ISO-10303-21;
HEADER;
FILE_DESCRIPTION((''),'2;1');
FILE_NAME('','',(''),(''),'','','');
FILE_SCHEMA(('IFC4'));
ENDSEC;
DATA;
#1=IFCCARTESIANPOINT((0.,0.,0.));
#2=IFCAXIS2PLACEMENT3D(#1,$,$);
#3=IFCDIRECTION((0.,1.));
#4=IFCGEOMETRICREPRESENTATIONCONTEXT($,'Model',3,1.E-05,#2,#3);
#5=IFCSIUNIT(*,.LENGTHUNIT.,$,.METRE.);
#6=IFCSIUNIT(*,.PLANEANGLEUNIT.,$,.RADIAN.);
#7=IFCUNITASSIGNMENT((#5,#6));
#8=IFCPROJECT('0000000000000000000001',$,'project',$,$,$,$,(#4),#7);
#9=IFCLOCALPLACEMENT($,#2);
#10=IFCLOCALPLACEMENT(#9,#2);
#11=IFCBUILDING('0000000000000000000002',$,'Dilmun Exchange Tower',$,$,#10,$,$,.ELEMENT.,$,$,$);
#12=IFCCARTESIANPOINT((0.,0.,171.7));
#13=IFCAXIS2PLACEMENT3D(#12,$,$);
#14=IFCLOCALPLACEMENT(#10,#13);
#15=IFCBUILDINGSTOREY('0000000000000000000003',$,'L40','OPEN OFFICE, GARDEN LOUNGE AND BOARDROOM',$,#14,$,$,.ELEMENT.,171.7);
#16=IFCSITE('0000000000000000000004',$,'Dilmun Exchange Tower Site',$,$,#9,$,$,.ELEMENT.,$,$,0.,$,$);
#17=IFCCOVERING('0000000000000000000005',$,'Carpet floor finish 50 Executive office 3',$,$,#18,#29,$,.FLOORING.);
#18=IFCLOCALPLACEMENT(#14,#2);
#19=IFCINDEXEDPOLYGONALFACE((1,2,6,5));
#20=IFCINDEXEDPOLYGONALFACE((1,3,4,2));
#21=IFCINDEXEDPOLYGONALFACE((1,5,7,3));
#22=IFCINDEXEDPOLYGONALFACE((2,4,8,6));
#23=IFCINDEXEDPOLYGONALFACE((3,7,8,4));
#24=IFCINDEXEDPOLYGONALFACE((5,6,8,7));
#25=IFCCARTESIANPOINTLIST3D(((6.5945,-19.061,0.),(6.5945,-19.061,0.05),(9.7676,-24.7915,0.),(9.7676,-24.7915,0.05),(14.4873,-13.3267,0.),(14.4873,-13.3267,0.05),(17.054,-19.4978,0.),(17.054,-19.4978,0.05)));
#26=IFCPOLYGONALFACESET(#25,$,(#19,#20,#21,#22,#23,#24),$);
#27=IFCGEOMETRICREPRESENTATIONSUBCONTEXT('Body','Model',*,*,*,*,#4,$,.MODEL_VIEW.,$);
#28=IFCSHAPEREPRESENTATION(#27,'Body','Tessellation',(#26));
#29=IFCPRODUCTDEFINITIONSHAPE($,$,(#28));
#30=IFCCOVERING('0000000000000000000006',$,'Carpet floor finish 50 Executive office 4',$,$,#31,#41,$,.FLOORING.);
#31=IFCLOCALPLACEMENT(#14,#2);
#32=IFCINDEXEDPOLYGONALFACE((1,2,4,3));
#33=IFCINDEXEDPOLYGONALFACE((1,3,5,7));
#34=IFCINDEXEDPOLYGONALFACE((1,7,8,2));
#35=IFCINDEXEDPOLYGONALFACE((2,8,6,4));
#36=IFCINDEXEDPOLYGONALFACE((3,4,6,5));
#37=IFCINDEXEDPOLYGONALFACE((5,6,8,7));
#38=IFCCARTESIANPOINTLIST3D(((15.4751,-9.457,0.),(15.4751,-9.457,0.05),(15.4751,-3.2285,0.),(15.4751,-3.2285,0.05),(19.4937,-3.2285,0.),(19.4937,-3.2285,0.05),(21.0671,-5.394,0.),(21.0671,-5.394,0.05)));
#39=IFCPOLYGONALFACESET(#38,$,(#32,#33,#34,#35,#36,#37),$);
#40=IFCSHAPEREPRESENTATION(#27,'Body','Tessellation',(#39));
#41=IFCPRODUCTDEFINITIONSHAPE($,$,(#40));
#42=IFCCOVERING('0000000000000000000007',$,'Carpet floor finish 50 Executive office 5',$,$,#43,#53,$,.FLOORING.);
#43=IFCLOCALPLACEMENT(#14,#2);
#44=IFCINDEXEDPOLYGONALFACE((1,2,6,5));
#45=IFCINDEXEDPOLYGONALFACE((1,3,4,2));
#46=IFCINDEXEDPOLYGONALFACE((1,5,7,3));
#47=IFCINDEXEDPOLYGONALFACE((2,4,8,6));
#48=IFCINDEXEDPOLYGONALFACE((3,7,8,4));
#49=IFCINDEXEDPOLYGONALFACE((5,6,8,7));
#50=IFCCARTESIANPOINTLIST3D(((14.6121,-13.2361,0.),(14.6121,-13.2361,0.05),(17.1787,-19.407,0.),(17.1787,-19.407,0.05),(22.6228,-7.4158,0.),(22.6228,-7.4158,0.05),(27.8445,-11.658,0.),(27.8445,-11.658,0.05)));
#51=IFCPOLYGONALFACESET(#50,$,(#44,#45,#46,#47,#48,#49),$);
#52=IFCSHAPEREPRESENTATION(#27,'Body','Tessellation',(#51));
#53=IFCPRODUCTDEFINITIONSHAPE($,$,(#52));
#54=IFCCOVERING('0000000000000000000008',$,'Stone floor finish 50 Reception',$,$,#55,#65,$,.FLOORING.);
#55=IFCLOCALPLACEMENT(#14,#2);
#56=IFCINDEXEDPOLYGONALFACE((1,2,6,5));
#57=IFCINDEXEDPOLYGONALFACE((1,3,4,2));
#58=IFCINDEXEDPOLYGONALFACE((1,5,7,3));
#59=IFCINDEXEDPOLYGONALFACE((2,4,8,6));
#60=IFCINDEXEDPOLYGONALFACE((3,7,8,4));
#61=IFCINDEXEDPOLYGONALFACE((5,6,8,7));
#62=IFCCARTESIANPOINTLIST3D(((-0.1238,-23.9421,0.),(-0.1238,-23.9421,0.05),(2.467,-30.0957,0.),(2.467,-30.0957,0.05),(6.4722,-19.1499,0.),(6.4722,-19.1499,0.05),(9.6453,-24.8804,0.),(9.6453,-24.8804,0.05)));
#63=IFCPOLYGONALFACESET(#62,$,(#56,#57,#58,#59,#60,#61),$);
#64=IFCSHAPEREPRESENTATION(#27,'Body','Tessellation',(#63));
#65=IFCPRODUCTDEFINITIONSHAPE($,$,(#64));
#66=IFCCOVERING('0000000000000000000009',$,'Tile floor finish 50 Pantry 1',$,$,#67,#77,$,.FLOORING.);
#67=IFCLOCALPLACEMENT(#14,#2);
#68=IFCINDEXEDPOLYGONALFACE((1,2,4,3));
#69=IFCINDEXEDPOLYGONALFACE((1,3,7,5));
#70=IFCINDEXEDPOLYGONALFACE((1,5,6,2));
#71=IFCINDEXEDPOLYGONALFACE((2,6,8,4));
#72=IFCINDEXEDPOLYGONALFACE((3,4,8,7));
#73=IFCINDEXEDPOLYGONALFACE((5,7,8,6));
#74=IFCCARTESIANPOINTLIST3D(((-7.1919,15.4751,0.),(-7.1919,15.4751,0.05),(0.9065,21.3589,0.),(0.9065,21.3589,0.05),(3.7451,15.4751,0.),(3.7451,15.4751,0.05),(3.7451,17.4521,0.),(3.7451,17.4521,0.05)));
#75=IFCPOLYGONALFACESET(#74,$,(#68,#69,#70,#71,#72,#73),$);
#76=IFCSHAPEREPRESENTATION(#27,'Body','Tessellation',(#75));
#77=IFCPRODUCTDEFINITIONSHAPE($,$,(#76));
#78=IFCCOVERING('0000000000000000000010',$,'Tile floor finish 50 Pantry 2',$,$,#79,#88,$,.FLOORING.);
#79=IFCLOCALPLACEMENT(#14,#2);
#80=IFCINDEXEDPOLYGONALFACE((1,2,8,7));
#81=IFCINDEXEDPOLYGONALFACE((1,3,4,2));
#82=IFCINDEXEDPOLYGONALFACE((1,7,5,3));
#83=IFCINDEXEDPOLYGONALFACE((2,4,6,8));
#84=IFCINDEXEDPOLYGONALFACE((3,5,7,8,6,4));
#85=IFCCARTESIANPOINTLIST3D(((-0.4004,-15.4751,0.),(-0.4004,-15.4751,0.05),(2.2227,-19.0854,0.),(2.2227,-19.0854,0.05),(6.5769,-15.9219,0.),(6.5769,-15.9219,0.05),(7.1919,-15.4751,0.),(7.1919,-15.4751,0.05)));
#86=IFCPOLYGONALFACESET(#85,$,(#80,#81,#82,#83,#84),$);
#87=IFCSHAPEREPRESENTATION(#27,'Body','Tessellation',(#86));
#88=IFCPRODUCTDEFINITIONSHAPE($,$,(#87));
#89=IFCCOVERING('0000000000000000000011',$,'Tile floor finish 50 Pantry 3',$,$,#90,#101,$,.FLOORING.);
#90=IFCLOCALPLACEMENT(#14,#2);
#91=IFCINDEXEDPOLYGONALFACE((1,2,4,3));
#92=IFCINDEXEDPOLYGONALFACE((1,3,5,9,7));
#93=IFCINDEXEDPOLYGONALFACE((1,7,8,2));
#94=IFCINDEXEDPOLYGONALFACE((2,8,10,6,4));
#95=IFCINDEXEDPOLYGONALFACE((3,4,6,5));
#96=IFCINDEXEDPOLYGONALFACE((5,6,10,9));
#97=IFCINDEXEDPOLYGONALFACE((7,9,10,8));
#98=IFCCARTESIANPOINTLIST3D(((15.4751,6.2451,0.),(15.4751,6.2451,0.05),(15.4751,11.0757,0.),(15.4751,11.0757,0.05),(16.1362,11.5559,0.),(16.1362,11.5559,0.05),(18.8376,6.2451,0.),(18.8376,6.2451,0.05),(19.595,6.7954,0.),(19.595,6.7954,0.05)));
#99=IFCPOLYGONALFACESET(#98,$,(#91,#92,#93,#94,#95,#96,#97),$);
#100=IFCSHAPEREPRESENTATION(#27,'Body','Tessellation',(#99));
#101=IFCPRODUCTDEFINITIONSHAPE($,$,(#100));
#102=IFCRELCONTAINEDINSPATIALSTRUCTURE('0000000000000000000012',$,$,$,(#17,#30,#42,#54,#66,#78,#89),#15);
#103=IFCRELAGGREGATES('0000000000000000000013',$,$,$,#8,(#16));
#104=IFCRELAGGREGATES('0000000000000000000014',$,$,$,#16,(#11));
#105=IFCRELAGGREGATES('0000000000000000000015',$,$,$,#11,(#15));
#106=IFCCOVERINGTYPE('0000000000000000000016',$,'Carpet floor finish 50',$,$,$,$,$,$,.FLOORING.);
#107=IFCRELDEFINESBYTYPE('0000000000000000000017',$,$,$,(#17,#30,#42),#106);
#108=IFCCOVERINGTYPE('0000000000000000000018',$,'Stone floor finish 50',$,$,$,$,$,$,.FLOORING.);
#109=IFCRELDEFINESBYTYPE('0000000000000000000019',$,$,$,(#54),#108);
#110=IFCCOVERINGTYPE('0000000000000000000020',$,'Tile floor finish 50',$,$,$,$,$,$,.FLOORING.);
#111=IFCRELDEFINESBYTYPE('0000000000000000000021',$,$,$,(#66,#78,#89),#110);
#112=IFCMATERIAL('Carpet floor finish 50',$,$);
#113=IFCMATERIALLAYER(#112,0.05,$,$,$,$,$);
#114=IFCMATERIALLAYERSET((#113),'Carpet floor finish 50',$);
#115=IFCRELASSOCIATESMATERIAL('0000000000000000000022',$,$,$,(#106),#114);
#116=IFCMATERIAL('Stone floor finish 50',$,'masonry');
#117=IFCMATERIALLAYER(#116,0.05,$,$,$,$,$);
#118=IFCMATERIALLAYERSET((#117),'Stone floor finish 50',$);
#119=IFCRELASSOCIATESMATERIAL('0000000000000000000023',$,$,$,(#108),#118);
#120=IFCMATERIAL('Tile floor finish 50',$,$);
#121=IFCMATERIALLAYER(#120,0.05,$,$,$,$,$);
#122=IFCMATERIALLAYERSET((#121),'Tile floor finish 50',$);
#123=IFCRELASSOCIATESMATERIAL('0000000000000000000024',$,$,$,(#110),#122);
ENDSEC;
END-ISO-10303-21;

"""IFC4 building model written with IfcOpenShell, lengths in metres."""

from ifc_helpers import new_model, si_unit, direction, frame, origin, place, context, subcontext, project, spatial, polyline, outline, extrude, material, layer, layer_set, type_object, element, save


model = new_model("IFC4")

# Units and contexts
model_context = context("Model", 3, precision=1e-05, world=origin(), true_north=direction((0.0, 1.0)))
body_context = subcontext(model_context, "Body", "Model", "MODEL_VIEW")
ifc_project = project(units=[si_unit("LENGTHUNIT", "METRE"), si_unit("PLANEANGLEUNIT", "RADIAN")], contexts=[model_context])

# Site, building, storey
site_placement = place(None, origin())
site = spatial("IfcSite", under=ifc_project, at=site_placement, Name="Dilmun Exchange Tower Site", CompositionType="ELEMENT", RefElevation=0.0)
building_placement = place(site_placement, origin())
building = spatial("IfcBuilding", under=site, at=building_placement, Name="Dilmun Exchange Tower", CompositionType="ELEMENT")
storey_placement = place(building_placement, frame((0.0, 0.0, 171.7)))
storey = spatial("IfcBuildingStorey", under=building, at=storey_placement, Name="L40", Description="OPEN OFFICE, GARDEN LOUNGE AND BOARDROOM", CompositionType="ELEMENT", Elevation=171.7)

# Coverings
ifc_material_1 = material(Name="Carpet floor finish 50")
ifc_layer_1 = layer(ifc_material_1, 0.05)
ifc_layer_set_1 = layer_set([ifc_layer_1], Name="Carpet floor finish 50")
covering_type_1 = type_object("IfcCoveringType", Name="Carpet floor finish 50", PredefinedType="FLOORING", material=ifc_layer_set_1)
covering_1_placement = place(storey_placement, origin())
element("IfcCovering", 1, at=covering_1_placement, inside=storey, type_object=covering_type_1, Name="Carpet floor finish 50 Executive office 3", PredefinedType="FLOORING", context=body_context, shape_type="SweptSolid", body=[
    extrude(outline(polyline([(17.054, -19.4978), (9.7676, -24.7915), (6.5945, -19.061), (14.4873, -13.3267), (17.054, -19.4978)])), origin(), (0.0, 0.0, 1.0), 0.05),
])
covering_2_placement = place(storey_placement, origin())
element("IfcCovering", 2, at=covering_2_placement, inside=storey, type_object=covering_type_1, Name="Carpet floor finish 50 Executive office 4", PredefinedType="FLOORING", context=body_context, shape_type="SweptSolid", body=[
    extrude(outline(polyline([(21.0671, -5.394), (15.4751, -9.457), (15.4751, -3.2285), (19.4937, -3.2285), (21.0671, -5.394)])), origin(), (0.0, 0.0, 1.0), 0.05),
])
covering_3_placement = place(storey_placement, origin())
element("IfcCovering", 3, at=covering_3_placement, inside=storey, type_object=covering_type_1, Name="Carpet floor finish 50 Executive office 5", PredefinedType="FLOORING", context=body_context, shape_type="SweptSolid", body=[
    extrude(outline(polyline([(22.6228, -7.4158), (27.8445, -11.658), (17.1787, -19.407), (14.6121, -13.2361), (22.6228, -7.4158)])), origin(), (0.0, 0.0, 1.0), 0.05),
])
ifc_material_2 = material(Name="Stone floor finish 50", Category="masonry")
ifc_layer_2 = layer(ifc_material_2, 0.05)
ifc_layer_set_2 = layer_set([ifc_layer_2], Name="Stone floor finish 50")
covering_type_2 = type_object("IfcCoveringType", Name="Stone floor finish 50", PredefinedType="FLOORING", material=ifc_layer_set_2)
covering_4_placement = place(storey_placement, origin())
element("IfcCovering", 4, at=covering_4_placement, inside=storey, type_object=covering_type_2, Name="Stone floor finish 50 Reception", PredefinedType="FLOORING", context=body_context, shape_type="SweptSolid", body=[
    extrude(outline(polyline([(6.4722, -19.1499), (9.6453, -24.8804), (2.467, -30.0957), (-0.1238, -23.9421), (6.4722, -19.1499)])), origin(), (0.0, 0.0, 1.0), 0.05),
])
ifc_material_3 = material(Name="Tile floor finish 50")
ifc_layer_3 = layer(ifc_material_3, 0.05)
ifc_layer_set_3 = layer_set([ifc_layer_3], Name="Tile floor finish 50")
covering_type_3 = type_object("IfcCoveringType", Name="Tile floor finish 50", PredefinedType="FLOORING", material=ifc_layer_set_3)
covering_5_placement = place(storey_placement, origin())
element("IfcCovering", 5, at=covering_5_placement, inside=storey, type_object=covering_type_3, Name="Tile floor finish 50 Pantry 1", PredefinedType="FLOORING", context=body_context, shape_type="SweptSolid", body=[
    extrude(outline(polyline([(3.7451, 17.4521), (3.7451, 15.4751), (-7.1919, 15.4751), (0.9065, 21.3589), (3.7451, 17.4521)])), origin(), (0.0, 0.0, 1.0), 0.05),
])
covering_6_placement = place(storey_placement, origin())
element("IfcCovering", 6, at=covering_6_placement, inside=storey, type_object=covering_type_3, Name="Tile floor finish 50 Pantry 2", PredefinedType="FLOORING", context=body_context, shape_type="SweptSolid", body=[
    extrude(outline(polyline([(-0.4004, -15.4751), (7.1919, -15.4751), (6.5769, -15.9219), (2.2227, -19.0854), (-0.4004, -15.4751)])), origin(), (0.0, 0.0, 1.0), 0.05),
])
covering_7_placement = place(storey_placement, origin())
element("IfcCovering", 7, at=covering_7_placement, inside=storey, type_object=covering_type_3, Name="Tile floor finish 50 Pantry 3", PredefinedType="FLOORING", context=body_context, shape_type="SweptSolid", body=[
    extrude(outline(polyline([(16.1362, 11.5559), (19.595, 6.7954), (18.8376, 6.2451), (15.4751, 6.2451), (15.4751, 11.0757), (16.1362, 11.5559)])), origin(), (0.0, 0.0, 1.0), 0.05),
])

save(model, "model.ifc")
